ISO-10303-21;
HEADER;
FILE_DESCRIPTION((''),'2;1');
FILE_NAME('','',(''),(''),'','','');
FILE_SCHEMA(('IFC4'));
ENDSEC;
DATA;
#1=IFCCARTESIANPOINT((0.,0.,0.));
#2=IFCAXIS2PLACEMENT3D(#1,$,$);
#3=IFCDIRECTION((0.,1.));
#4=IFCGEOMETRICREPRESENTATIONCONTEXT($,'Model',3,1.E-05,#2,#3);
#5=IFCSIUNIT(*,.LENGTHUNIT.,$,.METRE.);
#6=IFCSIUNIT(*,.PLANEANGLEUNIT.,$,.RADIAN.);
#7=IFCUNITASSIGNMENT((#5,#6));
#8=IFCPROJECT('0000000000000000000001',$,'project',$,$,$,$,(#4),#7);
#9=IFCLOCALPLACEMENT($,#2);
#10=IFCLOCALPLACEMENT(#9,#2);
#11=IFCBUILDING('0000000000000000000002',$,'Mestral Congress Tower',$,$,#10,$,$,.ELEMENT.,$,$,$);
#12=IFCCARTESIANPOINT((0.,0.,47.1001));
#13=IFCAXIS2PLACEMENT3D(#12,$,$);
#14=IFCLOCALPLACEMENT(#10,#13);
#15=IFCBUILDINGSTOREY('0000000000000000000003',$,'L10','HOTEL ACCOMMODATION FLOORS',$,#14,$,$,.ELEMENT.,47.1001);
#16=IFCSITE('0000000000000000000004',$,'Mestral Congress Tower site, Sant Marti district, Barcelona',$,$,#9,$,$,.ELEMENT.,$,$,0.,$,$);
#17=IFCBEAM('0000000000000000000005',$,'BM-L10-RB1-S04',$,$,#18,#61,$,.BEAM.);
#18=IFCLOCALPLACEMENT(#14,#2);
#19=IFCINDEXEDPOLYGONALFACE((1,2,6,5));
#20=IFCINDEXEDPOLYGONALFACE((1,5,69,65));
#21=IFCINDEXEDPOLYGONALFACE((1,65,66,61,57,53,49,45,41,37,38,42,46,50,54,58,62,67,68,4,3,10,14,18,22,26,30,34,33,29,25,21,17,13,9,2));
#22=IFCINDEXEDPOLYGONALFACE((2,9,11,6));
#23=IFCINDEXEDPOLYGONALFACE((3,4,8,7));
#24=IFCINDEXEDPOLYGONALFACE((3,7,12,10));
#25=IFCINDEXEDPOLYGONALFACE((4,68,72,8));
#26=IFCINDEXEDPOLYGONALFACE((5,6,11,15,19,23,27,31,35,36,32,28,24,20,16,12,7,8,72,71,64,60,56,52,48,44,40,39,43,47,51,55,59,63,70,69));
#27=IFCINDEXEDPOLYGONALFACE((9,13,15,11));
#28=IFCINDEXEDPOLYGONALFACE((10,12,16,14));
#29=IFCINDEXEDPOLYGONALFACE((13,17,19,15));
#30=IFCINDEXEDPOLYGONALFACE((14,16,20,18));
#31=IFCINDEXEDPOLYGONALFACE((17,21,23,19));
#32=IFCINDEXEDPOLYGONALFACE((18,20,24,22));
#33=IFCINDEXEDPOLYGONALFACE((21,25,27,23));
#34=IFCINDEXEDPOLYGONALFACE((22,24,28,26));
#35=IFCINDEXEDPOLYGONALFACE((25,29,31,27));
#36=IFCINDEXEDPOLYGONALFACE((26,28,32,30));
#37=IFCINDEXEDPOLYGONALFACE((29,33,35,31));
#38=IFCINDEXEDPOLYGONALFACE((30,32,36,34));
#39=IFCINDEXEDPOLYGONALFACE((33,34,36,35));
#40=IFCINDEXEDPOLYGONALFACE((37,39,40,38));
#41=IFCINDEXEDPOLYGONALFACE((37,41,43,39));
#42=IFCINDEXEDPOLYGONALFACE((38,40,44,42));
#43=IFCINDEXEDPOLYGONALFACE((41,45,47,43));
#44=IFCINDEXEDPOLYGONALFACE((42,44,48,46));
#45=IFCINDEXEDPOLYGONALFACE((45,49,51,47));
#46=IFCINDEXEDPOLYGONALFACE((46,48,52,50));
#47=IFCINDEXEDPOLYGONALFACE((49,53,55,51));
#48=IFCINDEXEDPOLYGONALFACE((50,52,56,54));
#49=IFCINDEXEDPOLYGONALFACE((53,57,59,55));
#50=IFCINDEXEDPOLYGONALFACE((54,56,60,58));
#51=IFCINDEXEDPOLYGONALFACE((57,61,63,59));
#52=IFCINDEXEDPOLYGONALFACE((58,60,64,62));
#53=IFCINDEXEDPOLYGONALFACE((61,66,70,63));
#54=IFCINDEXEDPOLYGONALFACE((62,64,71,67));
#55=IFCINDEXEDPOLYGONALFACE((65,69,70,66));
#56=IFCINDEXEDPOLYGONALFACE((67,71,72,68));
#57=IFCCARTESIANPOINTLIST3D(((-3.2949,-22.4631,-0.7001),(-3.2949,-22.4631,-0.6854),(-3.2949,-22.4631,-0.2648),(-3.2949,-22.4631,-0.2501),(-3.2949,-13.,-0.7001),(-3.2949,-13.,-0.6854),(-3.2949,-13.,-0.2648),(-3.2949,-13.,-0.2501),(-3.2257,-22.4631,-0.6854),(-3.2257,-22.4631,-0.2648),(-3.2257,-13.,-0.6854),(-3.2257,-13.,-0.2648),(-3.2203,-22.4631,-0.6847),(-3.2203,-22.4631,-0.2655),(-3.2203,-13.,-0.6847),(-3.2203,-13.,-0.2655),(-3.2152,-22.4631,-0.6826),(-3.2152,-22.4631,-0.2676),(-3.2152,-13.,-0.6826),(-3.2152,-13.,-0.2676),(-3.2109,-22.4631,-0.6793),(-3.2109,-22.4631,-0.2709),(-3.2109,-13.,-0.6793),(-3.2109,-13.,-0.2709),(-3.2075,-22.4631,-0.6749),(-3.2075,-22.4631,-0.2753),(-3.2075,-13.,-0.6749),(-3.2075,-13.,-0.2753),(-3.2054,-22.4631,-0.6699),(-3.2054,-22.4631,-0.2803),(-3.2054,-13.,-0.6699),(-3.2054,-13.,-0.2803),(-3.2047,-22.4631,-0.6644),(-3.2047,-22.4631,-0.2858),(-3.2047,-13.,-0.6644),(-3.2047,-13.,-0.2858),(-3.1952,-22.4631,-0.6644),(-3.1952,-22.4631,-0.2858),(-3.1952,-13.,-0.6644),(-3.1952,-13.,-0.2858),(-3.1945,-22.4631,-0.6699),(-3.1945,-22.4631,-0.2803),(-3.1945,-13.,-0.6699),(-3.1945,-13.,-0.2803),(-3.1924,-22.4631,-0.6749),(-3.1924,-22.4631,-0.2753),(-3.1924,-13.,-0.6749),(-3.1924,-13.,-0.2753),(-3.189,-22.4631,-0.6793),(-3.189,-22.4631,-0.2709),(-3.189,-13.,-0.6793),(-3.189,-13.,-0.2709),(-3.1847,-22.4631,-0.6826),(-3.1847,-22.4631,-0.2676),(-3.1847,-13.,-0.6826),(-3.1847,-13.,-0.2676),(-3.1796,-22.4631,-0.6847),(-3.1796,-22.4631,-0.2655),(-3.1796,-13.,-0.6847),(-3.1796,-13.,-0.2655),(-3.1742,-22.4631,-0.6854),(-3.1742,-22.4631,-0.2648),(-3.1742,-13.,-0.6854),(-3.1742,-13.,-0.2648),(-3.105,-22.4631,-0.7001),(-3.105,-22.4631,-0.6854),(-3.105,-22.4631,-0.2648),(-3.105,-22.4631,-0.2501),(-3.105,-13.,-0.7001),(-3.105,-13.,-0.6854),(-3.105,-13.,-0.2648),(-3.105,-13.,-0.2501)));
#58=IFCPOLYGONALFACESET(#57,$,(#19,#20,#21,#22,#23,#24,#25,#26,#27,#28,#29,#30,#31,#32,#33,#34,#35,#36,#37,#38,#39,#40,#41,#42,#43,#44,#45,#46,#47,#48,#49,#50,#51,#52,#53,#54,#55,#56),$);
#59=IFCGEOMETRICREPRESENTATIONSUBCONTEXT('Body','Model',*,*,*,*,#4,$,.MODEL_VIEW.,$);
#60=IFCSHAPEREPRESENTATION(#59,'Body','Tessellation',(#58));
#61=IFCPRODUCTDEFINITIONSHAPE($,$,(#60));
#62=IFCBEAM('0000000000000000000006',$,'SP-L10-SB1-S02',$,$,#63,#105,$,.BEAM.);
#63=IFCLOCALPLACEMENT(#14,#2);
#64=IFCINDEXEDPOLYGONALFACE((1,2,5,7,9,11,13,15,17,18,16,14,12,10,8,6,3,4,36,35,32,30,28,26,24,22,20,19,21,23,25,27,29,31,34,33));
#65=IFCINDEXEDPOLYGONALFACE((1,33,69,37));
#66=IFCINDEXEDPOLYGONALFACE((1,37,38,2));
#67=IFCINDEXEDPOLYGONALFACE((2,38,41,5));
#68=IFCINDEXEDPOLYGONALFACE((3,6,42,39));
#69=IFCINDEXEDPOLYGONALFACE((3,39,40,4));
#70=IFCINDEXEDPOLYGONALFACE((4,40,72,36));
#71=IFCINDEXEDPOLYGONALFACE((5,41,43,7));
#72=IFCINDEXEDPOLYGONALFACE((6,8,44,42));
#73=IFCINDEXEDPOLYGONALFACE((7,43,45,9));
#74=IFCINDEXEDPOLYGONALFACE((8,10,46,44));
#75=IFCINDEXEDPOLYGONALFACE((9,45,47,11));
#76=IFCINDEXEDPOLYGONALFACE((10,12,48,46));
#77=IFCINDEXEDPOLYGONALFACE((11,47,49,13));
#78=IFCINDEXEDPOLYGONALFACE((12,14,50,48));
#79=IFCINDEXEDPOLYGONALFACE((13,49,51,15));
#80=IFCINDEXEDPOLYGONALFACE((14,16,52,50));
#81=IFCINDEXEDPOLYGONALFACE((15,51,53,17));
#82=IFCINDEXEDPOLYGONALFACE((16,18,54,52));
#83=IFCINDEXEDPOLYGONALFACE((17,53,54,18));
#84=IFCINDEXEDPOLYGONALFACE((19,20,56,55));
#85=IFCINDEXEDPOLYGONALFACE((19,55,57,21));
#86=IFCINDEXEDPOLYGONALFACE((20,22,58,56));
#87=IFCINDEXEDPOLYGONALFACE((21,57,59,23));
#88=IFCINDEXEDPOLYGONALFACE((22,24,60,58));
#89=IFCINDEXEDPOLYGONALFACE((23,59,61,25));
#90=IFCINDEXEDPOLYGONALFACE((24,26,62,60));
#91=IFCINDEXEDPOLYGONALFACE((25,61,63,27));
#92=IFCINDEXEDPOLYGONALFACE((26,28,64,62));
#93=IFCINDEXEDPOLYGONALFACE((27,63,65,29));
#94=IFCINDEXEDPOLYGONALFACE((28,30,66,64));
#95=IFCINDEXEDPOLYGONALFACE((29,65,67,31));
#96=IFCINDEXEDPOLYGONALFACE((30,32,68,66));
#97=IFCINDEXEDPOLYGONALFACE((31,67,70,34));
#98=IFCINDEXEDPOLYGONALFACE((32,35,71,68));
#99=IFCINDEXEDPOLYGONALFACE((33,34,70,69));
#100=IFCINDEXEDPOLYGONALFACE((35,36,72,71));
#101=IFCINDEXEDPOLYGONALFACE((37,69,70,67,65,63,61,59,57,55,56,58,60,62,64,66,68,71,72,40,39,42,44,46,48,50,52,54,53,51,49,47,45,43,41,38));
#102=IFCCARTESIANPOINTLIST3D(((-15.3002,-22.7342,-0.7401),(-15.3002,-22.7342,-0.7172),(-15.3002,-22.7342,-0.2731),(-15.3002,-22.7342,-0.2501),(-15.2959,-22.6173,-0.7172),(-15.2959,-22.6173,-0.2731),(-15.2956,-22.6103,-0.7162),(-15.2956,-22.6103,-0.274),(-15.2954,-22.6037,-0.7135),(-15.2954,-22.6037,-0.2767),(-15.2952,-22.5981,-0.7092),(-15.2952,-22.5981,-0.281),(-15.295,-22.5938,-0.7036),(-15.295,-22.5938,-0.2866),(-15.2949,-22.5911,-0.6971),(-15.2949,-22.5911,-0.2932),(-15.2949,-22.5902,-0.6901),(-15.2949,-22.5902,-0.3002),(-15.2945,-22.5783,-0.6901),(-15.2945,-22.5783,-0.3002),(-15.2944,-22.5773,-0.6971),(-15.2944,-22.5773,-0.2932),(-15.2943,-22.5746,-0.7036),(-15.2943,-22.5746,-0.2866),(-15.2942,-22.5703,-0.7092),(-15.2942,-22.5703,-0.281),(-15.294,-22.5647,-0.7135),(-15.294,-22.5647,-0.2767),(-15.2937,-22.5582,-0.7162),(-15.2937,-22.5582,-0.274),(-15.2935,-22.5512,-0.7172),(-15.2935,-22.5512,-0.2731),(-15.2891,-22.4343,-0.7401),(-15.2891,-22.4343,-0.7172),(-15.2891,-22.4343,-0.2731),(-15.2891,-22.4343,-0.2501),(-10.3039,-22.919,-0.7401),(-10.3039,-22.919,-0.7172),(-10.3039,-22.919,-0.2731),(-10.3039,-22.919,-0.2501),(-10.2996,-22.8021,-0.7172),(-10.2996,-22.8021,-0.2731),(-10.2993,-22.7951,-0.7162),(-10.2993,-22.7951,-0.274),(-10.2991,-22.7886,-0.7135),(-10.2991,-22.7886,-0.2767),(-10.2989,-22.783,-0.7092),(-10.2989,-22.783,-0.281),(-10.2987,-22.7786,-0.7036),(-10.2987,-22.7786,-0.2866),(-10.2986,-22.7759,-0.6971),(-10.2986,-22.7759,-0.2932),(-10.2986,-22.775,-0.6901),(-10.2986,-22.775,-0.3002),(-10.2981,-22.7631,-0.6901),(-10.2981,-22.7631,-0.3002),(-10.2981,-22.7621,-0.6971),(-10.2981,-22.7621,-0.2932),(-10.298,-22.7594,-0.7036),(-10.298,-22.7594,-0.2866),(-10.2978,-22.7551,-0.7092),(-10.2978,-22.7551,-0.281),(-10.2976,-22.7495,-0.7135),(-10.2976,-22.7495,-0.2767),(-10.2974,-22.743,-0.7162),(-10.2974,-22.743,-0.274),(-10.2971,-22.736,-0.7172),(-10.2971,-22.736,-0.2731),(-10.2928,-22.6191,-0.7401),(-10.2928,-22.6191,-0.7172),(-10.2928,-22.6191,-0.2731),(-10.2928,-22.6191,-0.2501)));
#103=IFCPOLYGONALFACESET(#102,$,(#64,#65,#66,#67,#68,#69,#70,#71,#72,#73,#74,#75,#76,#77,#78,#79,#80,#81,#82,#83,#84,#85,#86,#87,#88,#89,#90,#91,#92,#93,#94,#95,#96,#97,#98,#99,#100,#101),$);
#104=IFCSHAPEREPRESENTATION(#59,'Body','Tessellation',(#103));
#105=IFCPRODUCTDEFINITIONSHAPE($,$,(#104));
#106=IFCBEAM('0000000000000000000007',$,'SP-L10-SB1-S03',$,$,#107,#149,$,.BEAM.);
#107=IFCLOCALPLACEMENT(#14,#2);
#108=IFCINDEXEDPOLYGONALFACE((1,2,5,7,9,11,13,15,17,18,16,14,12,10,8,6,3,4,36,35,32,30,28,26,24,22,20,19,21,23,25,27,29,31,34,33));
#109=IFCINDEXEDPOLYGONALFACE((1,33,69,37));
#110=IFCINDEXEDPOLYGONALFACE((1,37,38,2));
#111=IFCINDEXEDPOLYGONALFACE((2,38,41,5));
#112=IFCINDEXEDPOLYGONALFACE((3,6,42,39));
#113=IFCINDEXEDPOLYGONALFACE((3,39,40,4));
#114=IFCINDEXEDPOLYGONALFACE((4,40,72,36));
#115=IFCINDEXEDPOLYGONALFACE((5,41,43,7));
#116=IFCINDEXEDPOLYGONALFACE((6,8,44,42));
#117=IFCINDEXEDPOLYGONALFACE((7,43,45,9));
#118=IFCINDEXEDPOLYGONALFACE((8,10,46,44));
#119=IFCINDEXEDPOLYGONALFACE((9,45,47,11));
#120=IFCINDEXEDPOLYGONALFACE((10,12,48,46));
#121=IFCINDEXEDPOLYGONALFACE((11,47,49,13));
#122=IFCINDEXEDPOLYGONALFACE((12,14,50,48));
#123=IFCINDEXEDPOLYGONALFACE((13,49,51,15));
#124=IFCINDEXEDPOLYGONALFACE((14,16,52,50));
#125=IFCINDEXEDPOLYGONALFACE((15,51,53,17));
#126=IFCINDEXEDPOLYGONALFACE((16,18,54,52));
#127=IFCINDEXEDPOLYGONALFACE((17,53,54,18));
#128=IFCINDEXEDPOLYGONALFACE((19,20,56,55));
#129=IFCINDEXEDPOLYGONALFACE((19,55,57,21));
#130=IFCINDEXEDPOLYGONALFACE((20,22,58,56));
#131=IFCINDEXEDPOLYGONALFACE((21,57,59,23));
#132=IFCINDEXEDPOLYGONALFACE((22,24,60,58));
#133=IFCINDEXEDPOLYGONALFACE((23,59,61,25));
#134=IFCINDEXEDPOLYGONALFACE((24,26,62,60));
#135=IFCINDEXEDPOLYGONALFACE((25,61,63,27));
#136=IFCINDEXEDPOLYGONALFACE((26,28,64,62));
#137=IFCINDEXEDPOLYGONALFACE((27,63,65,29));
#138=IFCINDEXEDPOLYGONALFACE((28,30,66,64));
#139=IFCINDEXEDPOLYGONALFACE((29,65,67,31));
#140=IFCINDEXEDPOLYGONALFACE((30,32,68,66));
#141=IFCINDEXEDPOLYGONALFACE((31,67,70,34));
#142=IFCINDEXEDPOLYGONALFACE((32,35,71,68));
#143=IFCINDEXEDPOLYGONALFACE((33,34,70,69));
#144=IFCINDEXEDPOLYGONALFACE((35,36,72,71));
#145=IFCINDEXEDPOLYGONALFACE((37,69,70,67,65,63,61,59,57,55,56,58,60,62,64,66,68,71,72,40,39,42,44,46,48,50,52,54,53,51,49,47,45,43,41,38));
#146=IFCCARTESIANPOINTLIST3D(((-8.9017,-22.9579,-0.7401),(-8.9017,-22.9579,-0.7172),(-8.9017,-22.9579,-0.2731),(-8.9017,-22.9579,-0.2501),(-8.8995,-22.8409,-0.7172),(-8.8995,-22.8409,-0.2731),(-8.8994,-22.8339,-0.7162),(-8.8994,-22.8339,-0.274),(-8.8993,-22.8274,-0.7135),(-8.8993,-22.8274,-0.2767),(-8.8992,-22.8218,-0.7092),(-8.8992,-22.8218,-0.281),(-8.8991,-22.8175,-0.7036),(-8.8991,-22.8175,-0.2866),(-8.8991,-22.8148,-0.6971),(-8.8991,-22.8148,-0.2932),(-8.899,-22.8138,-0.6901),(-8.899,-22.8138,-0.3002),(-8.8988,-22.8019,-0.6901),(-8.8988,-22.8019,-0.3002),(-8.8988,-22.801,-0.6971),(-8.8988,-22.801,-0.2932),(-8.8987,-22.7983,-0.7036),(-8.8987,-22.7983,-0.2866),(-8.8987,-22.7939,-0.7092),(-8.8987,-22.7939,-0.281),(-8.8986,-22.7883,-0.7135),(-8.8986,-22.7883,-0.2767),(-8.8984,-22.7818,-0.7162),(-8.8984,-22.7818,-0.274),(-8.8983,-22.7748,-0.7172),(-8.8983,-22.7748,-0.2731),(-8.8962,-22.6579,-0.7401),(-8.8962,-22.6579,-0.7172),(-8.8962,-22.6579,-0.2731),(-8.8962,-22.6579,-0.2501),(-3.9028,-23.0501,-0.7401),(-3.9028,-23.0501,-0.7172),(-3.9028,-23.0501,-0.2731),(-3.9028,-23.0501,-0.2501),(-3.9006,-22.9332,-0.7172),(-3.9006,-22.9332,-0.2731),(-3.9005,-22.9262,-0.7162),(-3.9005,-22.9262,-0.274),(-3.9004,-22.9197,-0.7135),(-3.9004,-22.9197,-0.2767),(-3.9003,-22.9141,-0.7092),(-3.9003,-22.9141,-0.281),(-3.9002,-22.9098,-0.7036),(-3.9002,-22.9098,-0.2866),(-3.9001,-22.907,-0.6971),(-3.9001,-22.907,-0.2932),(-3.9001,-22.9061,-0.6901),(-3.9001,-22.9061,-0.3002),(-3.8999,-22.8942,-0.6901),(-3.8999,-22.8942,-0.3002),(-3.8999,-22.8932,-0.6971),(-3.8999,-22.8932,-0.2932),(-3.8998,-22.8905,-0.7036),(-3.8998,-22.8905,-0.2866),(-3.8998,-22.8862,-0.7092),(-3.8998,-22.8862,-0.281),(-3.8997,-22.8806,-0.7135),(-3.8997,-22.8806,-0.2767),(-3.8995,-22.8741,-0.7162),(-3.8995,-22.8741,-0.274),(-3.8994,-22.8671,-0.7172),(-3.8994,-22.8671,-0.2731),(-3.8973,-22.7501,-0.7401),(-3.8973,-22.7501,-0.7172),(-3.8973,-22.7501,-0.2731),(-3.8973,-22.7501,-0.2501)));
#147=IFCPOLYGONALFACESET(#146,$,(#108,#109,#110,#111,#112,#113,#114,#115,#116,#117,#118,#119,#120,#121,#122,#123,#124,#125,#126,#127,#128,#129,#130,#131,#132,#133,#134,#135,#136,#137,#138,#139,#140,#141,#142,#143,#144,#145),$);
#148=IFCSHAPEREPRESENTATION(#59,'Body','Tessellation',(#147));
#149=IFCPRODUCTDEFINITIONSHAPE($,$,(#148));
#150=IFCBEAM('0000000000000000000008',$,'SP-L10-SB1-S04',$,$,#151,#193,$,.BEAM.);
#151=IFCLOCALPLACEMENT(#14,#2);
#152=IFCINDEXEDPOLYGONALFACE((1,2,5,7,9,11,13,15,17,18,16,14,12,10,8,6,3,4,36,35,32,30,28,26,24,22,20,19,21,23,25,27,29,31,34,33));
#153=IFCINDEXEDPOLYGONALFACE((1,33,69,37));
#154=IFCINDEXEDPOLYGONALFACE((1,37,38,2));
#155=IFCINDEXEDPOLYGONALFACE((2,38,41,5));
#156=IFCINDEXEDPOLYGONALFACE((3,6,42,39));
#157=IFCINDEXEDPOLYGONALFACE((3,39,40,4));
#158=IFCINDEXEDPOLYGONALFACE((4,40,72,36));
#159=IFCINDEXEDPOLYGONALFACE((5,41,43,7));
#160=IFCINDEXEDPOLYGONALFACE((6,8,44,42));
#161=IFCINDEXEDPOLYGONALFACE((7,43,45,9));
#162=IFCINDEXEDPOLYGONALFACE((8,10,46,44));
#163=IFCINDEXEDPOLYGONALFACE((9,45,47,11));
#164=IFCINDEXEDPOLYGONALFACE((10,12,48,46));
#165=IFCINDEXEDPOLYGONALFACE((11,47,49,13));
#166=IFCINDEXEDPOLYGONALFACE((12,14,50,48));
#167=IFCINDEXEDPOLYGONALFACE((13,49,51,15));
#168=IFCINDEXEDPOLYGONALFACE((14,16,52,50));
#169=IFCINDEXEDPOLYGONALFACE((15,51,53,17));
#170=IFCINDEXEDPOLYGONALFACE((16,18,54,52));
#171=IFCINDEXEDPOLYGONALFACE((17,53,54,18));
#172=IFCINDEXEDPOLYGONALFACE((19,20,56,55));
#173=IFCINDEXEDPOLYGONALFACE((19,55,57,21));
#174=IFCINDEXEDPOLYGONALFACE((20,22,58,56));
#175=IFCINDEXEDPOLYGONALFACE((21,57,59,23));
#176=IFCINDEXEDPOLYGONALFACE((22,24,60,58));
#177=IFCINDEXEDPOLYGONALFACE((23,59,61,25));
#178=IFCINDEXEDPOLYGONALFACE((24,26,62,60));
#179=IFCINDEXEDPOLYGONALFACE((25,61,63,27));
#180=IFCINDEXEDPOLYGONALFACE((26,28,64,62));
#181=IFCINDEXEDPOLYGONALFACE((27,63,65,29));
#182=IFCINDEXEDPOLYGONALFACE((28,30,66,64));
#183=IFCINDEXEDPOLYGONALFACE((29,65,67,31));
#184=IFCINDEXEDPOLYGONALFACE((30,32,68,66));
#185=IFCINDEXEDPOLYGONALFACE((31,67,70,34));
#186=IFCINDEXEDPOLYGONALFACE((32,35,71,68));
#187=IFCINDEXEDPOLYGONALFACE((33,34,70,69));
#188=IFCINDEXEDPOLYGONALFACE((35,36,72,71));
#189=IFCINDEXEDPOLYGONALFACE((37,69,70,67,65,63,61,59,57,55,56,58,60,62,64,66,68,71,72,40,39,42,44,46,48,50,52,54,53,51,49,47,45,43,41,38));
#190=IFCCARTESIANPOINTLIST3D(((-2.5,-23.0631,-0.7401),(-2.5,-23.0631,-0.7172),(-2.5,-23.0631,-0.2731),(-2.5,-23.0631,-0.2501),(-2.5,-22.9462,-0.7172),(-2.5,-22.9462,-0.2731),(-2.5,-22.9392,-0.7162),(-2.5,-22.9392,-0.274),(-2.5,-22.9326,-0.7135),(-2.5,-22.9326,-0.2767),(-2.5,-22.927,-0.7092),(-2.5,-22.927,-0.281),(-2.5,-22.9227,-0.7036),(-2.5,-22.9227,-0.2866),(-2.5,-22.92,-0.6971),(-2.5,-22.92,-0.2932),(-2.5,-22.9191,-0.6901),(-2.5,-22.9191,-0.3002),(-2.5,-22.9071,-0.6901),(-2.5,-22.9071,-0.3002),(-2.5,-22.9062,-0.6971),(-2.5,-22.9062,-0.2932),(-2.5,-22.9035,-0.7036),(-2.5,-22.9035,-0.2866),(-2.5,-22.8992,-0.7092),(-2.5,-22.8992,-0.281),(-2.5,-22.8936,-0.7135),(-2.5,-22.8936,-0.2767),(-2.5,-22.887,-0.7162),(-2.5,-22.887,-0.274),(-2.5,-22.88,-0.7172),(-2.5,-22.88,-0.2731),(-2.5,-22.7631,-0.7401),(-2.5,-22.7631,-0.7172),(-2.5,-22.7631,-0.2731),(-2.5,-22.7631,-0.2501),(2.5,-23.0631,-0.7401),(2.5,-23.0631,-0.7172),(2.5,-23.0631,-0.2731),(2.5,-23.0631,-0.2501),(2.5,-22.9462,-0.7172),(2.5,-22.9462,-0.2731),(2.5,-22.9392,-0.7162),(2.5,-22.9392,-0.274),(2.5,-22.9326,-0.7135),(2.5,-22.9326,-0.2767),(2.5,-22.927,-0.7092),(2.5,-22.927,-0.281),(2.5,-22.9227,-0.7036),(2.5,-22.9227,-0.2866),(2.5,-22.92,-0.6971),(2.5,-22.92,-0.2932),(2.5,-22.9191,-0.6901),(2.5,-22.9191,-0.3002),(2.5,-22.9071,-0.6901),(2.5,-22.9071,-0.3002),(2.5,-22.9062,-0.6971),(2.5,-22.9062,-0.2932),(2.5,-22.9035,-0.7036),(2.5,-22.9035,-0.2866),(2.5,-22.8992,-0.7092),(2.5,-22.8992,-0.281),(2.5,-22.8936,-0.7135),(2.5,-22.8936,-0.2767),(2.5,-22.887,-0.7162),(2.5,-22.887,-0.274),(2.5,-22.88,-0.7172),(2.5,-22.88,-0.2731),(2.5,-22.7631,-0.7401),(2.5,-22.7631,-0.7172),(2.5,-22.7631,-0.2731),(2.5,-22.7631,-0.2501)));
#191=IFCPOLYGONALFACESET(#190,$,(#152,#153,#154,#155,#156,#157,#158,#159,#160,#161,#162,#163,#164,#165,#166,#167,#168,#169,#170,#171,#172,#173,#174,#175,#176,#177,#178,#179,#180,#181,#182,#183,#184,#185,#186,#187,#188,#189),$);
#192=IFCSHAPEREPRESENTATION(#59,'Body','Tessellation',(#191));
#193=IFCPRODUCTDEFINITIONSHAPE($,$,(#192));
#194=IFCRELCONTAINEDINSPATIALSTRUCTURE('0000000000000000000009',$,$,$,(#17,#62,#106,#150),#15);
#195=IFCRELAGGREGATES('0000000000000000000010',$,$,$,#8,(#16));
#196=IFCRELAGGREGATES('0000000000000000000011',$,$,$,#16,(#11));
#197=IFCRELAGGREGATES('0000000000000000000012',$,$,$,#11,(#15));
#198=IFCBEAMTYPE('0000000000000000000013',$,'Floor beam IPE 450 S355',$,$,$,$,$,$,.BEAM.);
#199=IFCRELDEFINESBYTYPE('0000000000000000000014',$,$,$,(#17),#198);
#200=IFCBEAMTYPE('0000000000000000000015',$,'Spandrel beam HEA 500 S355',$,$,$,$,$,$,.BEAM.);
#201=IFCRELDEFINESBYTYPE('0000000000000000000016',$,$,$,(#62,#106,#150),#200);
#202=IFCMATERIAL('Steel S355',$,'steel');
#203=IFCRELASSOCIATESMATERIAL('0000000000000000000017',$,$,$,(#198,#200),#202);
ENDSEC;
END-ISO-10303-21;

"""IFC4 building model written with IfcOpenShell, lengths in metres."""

from ifc_helpers import new_model, si_unit, direction, frame, origin, origin_2d, place, context, subcontext, project, spatial, i_section, extrude, material, material_profile, profile_set, type_object, element, save


model = new_model("IFC4")

# Units and contexts
model_context = context("Model", 3, precision=1e-05, world=origin(), true_north=direction((0.0, 1.0)))
body_context = subcontext(model_context, "Body", "Model", "MODEL_VIEW")
ifc_project = project(units=[si_unit("LENGTHUNIT", "METRE"), si_unit("PLANEANGLEUNIT", "RADIAN")], contexts=[model_context])

# Site, building, storey
site_placement = place(None, origin())
site = spatial("IfcSite", under=ifc_project, at=site_placement, Name="Mestral Congress Tower site, Sant Marti district, Barcelona", CompositionType="ELEMENT", RefElevation=0.0)
building_placement = place(site_placement, origin())
building = spatial("IfcBuilding", under=site, at=building_placement, Name="Mestral Congress Tower", CompositionType="ELEMENT")
storey_placement = place(building_placement, frame((0.0, 0.0, 47.1001)))
storey = spatial("IfcBuildingStorey", under=building, at=storey_placement, Name="L10", Description="HOTEL ACCOMMODATION FLOORS", CompositionType="ELEMENT", Elevation=47.1001)

# Beams
ifc_material_1 = material(Name="Steel S355", Category="steel")
ifc_material_profile_1 = material_profile(ifc_material_1, i_section(OverallWidth=0.1899, OverallDepth=0.45, WebThickness=0.0095, FlangeThickness=0.0146, FilletRadius=0.021, at=origin_2d()), Name="IPE 450")
ifc_profile_set_1 = profile_set([ifc_material_profile_1], Name="Steel S355")
beam_type_1 = type_object("IfcBeamType", Name="Floor beam IPE 450 S355", PredefinedType="BEAM", material=ifc_profile_set_1)
beam_1_placement = place(storey_placement, frame((-3.2, -22.4631, -0.4751), z_axis=(0.0, 1.0, 0.0), x_axis=(-1.0, 0.0, 0.0)))
element("IfcBeam", 1, at=beam_1_placement, inside=storey, type_object=beam_type_1, Name="BM-L10-RB1-S04", PredefinedType="BEAM", context=body_context, shape_type="SweptSolid", body=[
    extrude(i_section(OverallWidth=0.1899, OverallDepth=0.45, WebThickness=0.0095, FlangeThickness=0.0146, FilletRadius=0.021, at=origin_2d()), origin(), (0.0, 0.0, 1.0), 9.4631),
])
ifc_material_profile_2 = material_profile(ifc_material_1, i_section(OverallWidth=0.3, OverallDepth=0.49, WebThickness=0.012, FlangeThickness=0.0229, FilletRadius=0.0271, at=origin_2d()), Name="HEA 500")
ifc_profile_set_2 = profile_set([ifc_material_profile_2], Name="Steel S355")
beam_type_2 = type_object("IfcBeamType", Name="Spandrel beam HEA 500 S355", PredefinedType="BEAM", material=ifc_profile_set_2)
for number, where, z_axis, x_axis, name in (
    (2, (-15.2947, -22.5842, -0.4951), (0.999317, -0.036965, 0.0), (0.036965, 0.999317, 0.0), "SP-L10-SB1-S02"),
    (3, (-8.8989, -22.8079, -0.4951), (0.99983, -0.018457, 0.0), (0.018457, 0.99983, 0.0), "SP-L10-SB1-S03"),
):
    element("IfcBeam", number, at=place(storey_placement, frame(where, z_axis=z_axis, x_axis=x_axis)), inside=storey, type_object=beam_type_2, Name=name, PredefinedType="BEAM", context=body_context, shape_type="SweptSolid", body=[
        extrude(i_section(OverallWidth=0.3, OverallDepth=0.49, WebThickness=0.012, FlangeThickness=0.0229, FilletRadius=0.0271, at=origin_2d()), origin(), (0.0, 0.0, 1.0), 4.9998),
    ])
beam_2_placement = place(storey_placement, frame((-2.5, -22.9131, -0.4951), z_axis=(1.0, 0.0, 0.0), x_axis=(0.0, 1.0, 0.0)))
element("IfcBeam", 4, at=beam_2_placement, inside=storey, type_object=beam_type_2, Name="SP-L10-SB1-S04", PredefinedType="BEAM", context=body_context, shape_type="SweptSolid", body=[
    extrude(i_section(OverallWidth=0.3, OverallDepth=0.49, WebThickness=0.012, FlangeThickness=0.0229, FilletRadius=0.0271, at=origin_2d()), origin(), (0.0, 0.0, 1.0), 5.0),
])

save(model, "model.ifc")
